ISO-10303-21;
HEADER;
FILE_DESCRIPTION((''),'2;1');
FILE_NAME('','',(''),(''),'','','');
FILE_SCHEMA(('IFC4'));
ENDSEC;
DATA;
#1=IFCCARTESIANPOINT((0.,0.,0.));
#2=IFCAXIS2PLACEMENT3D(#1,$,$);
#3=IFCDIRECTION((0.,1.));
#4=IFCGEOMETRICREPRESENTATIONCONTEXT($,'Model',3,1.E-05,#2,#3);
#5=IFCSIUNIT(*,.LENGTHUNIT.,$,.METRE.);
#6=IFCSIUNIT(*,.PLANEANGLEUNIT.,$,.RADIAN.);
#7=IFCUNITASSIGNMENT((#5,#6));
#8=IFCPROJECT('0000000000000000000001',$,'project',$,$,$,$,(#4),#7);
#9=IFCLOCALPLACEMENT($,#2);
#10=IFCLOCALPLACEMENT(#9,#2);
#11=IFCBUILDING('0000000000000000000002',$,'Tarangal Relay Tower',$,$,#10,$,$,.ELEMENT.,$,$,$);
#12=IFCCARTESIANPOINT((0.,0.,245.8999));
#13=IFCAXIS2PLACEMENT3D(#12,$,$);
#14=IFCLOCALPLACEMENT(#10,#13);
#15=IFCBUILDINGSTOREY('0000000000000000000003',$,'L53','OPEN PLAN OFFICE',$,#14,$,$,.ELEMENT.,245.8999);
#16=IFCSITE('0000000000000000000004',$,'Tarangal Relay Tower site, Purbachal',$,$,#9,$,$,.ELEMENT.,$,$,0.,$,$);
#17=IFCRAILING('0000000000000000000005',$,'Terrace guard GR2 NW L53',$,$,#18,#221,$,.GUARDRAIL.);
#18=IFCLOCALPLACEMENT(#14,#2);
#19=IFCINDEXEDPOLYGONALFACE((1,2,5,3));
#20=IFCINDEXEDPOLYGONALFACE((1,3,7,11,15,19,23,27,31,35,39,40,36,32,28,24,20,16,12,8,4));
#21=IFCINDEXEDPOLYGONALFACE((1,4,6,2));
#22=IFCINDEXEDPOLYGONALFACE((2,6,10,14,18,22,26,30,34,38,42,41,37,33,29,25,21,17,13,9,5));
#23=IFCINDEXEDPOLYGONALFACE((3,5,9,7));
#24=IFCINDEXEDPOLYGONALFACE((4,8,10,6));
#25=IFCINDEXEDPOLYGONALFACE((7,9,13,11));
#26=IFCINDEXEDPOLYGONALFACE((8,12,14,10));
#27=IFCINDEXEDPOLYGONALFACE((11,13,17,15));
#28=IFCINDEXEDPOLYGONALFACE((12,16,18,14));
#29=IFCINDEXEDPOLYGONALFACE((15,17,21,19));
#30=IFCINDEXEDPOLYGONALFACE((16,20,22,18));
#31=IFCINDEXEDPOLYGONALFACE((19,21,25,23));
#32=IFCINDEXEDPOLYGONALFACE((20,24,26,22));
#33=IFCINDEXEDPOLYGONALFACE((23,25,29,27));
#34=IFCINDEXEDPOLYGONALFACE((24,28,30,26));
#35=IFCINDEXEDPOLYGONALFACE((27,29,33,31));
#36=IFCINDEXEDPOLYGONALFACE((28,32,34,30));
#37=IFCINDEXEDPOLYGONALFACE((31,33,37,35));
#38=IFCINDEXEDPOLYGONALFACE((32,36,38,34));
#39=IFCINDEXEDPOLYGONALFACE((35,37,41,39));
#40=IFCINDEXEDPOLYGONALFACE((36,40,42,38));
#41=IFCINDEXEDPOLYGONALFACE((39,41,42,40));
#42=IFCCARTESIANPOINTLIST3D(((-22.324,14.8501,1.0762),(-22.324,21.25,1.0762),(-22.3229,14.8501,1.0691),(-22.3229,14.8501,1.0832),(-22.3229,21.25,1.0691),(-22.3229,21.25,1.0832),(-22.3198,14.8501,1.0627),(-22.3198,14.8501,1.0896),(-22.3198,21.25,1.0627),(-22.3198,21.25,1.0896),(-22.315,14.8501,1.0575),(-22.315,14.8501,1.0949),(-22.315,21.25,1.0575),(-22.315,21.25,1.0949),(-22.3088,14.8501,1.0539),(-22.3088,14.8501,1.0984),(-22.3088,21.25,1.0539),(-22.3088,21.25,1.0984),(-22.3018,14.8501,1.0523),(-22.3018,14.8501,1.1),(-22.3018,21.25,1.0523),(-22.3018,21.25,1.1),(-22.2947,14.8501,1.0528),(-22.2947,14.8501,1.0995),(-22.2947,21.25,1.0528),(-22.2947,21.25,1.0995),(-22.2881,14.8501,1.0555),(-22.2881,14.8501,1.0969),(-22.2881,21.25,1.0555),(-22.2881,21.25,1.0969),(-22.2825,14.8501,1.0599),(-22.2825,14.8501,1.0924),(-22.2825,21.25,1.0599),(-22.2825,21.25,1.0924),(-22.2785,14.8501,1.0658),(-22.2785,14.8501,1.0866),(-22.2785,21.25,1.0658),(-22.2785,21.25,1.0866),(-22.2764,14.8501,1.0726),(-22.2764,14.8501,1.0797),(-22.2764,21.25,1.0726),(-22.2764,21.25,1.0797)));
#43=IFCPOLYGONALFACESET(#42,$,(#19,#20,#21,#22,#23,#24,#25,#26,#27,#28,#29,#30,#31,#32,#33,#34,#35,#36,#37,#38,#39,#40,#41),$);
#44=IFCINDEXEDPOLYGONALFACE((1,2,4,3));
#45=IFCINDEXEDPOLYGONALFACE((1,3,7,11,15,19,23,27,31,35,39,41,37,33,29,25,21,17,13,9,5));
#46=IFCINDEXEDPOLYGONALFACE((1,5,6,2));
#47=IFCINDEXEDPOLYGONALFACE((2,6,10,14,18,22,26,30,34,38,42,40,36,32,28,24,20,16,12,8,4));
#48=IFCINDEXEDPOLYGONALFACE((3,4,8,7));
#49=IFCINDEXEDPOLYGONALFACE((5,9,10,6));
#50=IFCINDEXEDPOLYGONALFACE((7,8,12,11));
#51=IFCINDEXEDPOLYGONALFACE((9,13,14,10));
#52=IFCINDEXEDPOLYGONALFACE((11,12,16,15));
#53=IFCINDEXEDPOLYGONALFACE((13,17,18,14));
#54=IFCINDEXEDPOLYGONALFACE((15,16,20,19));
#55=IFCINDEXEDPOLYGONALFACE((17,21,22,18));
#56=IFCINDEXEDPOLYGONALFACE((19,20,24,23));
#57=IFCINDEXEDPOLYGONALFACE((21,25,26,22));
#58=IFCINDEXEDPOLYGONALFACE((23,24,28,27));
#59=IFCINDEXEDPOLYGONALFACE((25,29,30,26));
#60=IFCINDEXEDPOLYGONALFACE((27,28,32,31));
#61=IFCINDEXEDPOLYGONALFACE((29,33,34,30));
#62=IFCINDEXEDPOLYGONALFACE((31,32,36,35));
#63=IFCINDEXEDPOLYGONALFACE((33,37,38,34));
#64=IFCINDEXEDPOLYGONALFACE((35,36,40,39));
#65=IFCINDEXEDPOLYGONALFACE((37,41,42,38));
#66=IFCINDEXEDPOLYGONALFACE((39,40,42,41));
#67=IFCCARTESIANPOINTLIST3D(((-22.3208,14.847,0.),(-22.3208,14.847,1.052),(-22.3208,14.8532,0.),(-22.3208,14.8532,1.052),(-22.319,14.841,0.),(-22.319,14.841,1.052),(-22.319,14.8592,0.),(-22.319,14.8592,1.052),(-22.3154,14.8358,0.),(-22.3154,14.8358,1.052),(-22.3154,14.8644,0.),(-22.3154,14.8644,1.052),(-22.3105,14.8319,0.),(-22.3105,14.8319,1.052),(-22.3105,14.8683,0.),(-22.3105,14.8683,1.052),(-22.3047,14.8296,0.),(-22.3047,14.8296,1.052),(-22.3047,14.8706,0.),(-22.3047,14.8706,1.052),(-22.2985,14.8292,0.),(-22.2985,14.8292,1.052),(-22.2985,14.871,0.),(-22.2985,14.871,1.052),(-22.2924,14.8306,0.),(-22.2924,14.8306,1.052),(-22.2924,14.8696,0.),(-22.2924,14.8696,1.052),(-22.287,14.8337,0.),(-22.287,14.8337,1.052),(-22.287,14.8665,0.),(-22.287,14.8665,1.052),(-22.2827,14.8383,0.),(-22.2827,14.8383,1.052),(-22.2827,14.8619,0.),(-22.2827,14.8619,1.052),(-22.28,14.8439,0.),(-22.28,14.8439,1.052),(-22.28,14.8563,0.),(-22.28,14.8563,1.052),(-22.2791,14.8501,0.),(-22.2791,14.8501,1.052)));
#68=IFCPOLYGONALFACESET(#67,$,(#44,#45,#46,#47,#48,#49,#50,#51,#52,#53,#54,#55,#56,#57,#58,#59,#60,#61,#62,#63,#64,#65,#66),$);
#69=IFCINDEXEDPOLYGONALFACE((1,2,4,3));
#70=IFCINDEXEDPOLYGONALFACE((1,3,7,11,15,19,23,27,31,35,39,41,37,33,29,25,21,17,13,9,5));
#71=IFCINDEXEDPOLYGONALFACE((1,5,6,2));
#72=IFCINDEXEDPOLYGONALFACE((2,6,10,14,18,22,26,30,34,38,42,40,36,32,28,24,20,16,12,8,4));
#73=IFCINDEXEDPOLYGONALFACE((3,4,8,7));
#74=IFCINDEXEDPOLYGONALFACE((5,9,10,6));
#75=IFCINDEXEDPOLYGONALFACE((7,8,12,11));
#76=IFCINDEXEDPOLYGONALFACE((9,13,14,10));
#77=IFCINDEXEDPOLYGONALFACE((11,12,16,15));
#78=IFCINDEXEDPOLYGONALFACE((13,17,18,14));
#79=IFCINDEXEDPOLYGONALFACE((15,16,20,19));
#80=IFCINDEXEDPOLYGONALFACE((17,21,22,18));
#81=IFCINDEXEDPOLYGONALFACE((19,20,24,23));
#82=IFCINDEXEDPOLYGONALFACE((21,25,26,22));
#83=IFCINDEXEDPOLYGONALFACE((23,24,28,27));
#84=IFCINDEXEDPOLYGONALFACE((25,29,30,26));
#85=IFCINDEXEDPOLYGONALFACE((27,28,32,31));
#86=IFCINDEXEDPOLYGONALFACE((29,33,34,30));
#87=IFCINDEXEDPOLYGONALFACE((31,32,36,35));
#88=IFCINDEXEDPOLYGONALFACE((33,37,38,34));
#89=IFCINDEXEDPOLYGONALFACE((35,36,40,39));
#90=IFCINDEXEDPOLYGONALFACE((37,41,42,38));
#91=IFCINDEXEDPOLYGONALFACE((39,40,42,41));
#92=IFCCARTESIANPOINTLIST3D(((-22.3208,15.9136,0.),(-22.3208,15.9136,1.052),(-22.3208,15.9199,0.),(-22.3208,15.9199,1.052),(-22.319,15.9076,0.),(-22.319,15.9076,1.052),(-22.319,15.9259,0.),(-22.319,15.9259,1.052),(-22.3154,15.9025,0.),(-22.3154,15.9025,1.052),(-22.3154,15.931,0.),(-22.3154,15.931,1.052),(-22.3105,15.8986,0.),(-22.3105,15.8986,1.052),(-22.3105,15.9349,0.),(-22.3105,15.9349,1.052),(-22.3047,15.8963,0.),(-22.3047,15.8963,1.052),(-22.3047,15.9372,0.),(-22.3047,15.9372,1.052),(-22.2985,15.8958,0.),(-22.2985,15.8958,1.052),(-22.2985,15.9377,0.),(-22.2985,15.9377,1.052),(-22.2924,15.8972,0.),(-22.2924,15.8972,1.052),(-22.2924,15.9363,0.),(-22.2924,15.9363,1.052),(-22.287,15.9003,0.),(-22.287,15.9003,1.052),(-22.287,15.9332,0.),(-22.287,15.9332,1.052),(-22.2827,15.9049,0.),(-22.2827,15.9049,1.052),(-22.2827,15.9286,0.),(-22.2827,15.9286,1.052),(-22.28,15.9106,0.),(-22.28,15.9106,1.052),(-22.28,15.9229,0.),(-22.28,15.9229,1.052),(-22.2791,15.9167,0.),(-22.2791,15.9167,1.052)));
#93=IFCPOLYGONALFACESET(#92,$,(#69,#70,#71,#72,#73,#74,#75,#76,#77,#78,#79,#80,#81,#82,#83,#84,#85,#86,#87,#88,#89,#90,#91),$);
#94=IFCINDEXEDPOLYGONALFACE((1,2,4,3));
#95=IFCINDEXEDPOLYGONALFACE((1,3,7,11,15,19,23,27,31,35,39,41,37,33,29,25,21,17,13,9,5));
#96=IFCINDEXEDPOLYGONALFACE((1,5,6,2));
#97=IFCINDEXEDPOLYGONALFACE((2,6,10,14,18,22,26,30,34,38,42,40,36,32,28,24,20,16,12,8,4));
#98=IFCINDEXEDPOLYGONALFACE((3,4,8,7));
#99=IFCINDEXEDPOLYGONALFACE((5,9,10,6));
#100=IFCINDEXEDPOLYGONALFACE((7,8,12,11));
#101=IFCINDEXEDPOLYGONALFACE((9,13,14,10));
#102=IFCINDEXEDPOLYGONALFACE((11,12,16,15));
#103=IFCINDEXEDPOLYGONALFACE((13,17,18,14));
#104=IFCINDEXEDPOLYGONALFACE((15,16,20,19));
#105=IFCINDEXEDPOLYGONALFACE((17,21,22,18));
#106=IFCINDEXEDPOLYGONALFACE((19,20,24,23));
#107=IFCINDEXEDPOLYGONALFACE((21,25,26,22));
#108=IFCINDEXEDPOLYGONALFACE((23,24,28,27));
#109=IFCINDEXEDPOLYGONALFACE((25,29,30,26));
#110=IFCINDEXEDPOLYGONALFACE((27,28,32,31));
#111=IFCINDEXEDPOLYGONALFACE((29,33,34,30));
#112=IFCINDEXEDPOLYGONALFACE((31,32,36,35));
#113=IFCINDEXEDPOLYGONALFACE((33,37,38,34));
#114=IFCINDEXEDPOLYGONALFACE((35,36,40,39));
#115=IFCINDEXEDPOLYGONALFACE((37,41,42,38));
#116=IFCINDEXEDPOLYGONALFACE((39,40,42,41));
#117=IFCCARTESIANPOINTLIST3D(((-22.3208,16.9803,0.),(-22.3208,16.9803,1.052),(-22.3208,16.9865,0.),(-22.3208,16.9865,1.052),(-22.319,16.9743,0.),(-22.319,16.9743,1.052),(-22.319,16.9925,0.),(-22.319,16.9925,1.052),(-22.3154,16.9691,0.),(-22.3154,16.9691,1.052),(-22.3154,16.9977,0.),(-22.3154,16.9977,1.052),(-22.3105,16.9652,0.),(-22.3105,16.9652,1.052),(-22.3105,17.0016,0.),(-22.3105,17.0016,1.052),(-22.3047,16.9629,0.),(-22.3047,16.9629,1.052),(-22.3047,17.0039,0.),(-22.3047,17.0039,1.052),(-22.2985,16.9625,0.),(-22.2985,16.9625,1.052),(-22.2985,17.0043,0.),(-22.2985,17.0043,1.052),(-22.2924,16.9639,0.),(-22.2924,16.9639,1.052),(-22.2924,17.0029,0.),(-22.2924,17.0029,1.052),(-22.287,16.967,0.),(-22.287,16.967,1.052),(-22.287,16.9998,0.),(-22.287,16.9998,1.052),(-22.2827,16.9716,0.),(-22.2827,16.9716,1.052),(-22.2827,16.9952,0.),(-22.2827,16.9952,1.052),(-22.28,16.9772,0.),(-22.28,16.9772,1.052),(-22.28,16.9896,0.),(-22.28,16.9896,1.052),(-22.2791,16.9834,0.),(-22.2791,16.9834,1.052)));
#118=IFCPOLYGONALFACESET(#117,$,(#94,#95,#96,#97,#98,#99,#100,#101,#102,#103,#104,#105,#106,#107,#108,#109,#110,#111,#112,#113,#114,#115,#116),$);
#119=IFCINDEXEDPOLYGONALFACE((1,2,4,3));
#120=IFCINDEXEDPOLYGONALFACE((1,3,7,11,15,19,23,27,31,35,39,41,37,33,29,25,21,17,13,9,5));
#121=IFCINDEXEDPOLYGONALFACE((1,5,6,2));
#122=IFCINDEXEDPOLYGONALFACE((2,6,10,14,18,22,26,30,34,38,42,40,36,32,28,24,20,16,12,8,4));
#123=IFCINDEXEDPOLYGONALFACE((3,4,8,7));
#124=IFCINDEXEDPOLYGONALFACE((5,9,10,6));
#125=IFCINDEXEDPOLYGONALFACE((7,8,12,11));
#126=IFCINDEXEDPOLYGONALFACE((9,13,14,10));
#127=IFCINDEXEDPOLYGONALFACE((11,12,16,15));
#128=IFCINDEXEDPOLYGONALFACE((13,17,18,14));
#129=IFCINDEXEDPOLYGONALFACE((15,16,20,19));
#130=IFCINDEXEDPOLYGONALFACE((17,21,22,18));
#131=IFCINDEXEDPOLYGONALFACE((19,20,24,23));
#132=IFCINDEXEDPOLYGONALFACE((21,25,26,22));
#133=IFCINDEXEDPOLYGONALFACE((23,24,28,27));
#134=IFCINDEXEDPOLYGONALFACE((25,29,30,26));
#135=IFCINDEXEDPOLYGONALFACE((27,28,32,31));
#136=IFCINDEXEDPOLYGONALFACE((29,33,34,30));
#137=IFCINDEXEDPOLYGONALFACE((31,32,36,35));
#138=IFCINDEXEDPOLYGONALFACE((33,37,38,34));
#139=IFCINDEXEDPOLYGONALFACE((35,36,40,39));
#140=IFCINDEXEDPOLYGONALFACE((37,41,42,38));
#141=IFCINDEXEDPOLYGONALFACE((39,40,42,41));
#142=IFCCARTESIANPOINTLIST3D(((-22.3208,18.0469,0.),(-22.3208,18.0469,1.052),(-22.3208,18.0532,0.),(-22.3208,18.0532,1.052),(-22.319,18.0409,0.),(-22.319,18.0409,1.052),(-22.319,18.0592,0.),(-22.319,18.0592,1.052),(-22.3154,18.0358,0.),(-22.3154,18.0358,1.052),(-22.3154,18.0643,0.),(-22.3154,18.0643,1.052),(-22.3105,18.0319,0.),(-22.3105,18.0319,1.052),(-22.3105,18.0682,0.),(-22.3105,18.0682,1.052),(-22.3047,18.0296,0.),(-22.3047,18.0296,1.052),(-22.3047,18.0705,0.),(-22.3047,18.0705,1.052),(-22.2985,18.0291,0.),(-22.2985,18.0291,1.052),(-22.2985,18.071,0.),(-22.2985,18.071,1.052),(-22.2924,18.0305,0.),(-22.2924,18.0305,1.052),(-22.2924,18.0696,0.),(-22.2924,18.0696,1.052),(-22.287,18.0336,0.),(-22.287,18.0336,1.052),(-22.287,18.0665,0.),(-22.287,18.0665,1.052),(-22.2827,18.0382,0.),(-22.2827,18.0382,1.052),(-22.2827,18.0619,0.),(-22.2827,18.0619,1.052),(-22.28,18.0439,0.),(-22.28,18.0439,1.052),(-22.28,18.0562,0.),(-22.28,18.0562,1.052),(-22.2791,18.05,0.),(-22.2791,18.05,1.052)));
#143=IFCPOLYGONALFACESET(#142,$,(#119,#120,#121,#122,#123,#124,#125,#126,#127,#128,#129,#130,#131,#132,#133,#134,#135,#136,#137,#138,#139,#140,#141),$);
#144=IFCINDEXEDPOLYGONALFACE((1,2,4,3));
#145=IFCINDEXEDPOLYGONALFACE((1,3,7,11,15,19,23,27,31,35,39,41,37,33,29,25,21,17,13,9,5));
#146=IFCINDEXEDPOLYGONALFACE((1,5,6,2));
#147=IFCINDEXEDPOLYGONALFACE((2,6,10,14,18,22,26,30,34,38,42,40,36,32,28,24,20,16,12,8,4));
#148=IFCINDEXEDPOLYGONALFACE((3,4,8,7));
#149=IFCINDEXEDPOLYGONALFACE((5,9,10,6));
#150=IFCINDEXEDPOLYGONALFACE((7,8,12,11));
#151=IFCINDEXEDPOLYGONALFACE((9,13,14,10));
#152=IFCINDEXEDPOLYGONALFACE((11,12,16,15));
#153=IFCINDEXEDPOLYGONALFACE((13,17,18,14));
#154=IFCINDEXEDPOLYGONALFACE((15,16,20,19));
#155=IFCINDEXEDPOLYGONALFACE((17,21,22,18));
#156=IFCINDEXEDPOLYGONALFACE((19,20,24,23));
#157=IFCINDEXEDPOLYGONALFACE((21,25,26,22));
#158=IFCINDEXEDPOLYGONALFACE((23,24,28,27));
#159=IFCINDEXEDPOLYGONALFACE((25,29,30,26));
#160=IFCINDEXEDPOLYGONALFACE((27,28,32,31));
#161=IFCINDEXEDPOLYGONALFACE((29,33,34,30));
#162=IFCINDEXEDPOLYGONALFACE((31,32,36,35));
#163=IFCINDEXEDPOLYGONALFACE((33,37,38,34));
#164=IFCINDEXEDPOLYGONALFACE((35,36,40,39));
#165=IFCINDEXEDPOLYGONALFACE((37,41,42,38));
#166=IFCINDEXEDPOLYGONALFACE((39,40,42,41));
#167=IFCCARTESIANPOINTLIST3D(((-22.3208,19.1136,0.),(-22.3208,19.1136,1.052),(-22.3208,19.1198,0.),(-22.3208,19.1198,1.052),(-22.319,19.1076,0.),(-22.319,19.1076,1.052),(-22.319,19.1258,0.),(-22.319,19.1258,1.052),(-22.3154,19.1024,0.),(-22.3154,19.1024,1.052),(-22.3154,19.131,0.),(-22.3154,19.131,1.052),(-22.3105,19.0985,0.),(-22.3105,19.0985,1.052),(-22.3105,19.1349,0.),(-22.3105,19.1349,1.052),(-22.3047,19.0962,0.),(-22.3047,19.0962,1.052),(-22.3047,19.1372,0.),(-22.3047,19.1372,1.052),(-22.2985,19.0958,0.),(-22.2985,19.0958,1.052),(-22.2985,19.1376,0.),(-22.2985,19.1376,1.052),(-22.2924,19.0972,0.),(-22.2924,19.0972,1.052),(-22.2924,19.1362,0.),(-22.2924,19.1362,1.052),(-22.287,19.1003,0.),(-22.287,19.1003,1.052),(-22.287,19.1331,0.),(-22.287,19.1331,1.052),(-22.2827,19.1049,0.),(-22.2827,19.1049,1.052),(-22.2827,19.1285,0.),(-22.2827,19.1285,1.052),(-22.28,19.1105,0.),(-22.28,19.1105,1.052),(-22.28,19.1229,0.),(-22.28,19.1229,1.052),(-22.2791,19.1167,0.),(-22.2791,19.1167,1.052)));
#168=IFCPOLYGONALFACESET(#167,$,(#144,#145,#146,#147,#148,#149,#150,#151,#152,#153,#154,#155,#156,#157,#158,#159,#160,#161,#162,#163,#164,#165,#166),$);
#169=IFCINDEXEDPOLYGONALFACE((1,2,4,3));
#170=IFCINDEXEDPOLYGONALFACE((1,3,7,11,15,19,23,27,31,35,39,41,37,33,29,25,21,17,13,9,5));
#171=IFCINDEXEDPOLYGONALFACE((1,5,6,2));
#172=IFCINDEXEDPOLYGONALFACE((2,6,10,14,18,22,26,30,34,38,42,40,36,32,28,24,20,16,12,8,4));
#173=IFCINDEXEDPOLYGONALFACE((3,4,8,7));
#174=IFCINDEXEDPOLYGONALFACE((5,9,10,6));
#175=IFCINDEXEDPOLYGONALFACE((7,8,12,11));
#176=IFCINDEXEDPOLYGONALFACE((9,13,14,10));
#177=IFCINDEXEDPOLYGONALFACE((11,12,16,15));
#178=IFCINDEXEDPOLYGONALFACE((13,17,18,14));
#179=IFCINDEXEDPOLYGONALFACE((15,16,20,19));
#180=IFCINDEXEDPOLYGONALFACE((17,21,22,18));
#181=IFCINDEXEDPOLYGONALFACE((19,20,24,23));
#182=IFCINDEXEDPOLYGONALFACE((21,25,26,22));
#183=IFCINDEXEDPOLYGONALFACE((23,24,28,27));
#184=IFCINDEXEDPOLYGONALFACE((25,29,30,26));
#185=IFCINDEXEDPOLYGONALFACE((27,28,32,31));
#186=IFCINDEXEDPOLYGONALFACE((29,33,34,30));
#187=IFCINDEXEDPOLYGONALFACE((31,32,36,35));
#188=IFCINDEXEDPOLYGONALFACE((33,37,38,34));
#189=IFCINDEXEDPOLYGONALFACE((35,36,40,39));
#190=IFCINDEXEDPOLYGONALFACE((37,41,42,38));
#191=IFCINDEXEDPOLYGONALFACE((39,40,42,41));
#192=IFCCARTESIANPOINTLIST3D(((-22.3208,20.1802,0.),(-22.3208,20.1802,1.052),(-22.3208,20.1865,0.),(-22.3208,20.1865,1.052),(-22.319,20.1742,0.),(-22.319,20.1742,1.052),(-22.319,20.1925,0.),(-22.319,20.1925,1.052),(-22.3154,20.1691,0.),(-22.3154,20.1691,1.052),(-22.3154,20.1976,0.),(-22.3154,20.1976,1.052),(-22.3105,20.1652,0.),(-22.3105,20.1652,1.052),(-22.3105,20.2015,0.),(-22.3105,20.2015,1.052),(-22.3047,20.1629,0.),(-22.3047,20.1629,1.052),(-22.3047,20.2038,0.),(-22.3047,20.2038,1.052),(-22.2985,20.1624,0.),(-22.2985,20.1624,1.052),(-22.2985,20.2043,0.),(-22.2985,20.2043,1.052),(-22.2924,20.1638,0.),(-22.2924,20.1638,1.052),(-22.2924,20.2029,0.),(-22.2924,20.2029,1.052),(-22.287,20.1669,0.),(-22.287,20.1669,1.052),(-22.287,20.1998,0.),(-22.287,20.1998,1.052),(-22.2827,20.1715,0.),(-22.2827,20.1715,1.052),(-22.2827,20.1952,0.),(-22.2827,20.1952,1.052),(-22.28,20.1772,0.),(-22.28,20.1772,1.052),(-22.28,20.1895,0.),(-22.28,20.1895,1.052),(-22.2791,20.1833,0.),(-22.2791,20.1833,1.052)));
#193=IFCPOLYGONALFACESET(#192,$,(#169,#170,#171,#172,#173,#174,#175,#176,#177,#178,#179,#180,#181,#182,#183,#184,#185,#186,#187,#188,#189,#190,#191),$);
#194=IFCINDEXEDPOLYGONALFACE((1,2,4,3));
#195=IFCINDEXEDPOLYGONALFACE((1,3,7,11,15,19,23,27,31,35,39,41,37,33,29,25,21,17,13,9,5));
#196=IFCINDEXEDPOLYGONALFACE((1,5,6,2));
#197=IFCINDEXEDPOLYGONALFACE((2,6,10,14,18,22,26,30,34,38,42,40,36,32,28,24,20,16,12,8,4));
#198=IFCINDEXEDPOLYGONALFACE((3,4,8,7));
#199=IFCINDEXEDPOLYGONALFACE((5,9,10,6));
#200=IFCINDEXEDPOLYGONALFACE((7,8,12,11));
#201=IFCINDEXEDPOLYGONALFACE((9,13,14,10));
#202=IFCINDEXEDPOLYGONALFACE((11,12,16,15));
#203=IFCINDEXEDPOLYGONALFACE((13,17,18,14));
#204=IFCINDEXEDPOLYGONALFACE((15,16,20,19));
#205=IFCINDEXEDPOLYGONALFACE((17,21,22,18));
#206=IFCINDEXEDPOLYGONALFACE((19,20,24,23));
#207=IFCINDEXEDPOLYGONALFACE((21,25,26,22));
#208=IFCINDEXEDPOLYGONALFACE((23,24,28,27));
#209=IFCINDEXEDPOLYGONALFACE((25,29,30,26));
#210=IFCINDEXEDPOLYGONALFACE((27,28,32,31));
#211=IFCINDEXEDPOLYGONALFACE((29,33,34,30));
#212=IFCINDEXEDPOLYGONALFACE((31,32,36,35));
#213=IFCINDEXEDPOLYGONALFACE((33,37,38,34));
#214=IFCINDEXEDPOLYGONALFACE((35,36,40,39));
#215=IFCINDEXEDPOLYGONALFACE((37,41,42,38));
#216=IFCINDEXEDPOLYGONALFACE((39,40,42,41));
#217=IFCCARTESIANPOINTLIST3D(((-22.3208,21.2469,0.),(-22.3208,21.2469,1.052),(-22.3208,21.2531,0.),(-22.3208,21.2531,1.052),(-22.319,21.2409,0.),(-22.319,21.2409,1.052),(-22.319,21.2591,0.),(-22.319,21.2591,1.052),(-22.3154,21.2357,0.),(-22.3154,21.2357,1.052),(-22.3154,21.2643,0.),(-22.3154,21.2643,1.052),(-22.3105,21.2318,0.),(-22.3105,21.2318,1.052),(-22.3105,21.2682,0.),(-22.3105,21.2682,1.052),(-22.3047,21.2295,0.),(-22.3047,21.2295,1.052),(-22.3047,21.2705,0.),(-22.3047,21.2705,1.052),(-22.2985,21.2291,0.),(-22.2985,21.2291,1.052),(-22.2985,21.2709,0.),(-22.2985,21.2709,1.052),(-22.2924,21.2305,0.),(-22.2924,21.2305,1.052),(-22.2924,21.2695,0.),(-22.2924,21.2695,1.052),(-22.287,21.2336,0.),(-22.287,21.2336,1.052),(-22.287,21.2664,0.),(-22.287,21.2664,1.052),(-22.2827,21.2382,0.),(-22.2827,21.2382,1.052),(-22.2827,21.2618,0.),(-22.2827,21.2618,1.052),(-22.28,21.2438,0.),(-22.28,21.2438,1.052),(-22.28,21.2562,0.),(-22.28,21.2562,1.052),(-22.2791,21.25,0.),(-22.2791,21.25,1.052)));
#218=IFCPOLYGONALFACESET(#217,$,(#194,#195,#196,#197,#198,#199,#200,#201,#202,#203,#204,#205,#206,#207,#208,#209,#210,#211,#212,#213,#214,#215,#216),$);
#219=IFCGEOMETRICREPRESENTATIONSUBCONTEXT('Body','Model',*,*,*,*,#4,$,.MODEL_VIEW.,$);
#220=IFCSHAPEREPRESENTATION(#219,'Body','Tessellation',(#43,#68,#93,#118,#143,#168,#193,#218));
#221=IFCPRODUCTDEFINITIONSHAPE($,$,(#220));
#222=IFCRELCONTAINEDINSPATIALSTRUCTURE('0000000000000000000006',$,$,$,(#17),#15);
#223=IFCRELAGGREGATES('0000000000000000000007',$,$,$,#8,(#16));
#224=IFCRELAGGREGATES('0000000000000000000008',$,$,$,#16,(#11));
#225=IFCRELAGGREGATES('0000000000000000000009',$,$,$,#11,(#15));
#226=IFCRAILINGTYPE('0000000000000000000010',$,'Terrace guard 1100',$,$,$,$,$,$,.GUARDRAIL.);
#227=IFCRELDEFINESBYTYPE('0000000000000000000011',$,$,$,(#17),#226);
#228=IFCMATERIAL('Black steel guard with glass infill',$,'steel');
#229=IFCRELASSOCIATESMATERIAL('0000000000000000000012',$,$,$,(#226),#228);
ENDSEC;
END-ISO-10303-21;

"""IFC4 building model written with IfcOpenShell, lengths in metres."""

from ifc_helpers import new_model, si_unit, direction, frame, origin, origin_2d, place, context, subcontext, project, spatial, circle, extrude, material, type_object, element, save


model = new_model("IFC4")

# Units and contexts
model_context = context("Model", 3, precision=1e-05, world=origin(), true_north=direction((0.0, 1.0)))
body_context = subcontext(model_context, "Body", "Model", "MODEL_VIEW")
ifc_project = project(units=[si_unit("LENGTHUNIT", "METRE"), si_unit("PLANEANGLEUNIT", "RADIAN")], contexts=[model_context])

# Site, building, storey
site_placement = place(None, origin())
site = spatial("IfcSite", under=ifc_project, at=site_placement, Name="Tarangal Relay Tower site, Purbachal", CompositionType="ELEMENT", RefElevation=0.0)
building_placement = place(site_placement, origin())
building = spatial("IfcBuilding", under=site, at=building_placement, Name="Tarangal Relay Tower", CompositionType="ELEMENT")
storey_placement = place(building_placement, frame((0.0, 0.0, 245.8999)))
storey = spatial("IfcBuildingStorey", under=building, at=storey_placement, Name="L53", Description="OPEN PLAN OFFICE", CompositionType="ELEMENT", Elevation=245.8999)

# Railing
ifc_material_1 = material(Name="Black steel guard with glass infill", Category="steel")
railing_type = type_object("IfcRailingType", Name="Terrace guard 1100", PredefinedType="GUARDRAIL", material=ifc_material_1)
railing_1_placement = place(storey_placement, frame((-22.3, 14.8501, 0.0)))
element("IfcRailing", 1, at=railing_1_placement, inside=storey, type_object=railing_type, Name="Terrace guard GR2 NW L53", PredefinedType="GUARDRAIL", context=body_context, shape_type="SweptSolid", body=[
    extrude(circle(Radius=0.0239, at=origin_2d()), frame((0.0, 0.0, 1.0762), z_axis=(0.0, 1.0, 0.0), x_axis=(-1.0, 0.0, 0.0)), (0.0, 0.0, 1.0), 6.3999),
    extrude(circle(Radius=0.021, at=origin_2d()), origin(), (0.0, 0.0, 1.0), 1.052),
    extrude(circle(Radius=0.021, at=origin_2d()), frame((0.0, 1.0667, 0.0)), (0.0, 0.0, 1.0), 1.052),
    extrude(circle(Radius=0.021, at=origin_2d()), frame((0.0, 2.1333, 0.0)), (0.0, 0.0, 1.0), 1.052),
    extrude(circle(Radius=0.021, at=origin_2d()), frame((0.0, 3.2, 0.0)), (0.0, 0.0, 1.0), 1.052),
    extrude(circle(Radius=0.021, at=origin_2d()), frame((0.0, 4.2666, 0.0)), (0.0, 0.0, 1.0), 1.052),
    extrude(circle(Radius=0.021, at=origin_2d()), frame((0.0, 5.3333, 0.0)), (0.0, 0.0, 1.0), 1.052),
    extrude(circle(Radius=0.021, at=origin_2d()), frame((0.0, 6.3999, 0.0)), (0.0, 0.0, 1.0), 1.052),
])

save(model, "model.ifc")
